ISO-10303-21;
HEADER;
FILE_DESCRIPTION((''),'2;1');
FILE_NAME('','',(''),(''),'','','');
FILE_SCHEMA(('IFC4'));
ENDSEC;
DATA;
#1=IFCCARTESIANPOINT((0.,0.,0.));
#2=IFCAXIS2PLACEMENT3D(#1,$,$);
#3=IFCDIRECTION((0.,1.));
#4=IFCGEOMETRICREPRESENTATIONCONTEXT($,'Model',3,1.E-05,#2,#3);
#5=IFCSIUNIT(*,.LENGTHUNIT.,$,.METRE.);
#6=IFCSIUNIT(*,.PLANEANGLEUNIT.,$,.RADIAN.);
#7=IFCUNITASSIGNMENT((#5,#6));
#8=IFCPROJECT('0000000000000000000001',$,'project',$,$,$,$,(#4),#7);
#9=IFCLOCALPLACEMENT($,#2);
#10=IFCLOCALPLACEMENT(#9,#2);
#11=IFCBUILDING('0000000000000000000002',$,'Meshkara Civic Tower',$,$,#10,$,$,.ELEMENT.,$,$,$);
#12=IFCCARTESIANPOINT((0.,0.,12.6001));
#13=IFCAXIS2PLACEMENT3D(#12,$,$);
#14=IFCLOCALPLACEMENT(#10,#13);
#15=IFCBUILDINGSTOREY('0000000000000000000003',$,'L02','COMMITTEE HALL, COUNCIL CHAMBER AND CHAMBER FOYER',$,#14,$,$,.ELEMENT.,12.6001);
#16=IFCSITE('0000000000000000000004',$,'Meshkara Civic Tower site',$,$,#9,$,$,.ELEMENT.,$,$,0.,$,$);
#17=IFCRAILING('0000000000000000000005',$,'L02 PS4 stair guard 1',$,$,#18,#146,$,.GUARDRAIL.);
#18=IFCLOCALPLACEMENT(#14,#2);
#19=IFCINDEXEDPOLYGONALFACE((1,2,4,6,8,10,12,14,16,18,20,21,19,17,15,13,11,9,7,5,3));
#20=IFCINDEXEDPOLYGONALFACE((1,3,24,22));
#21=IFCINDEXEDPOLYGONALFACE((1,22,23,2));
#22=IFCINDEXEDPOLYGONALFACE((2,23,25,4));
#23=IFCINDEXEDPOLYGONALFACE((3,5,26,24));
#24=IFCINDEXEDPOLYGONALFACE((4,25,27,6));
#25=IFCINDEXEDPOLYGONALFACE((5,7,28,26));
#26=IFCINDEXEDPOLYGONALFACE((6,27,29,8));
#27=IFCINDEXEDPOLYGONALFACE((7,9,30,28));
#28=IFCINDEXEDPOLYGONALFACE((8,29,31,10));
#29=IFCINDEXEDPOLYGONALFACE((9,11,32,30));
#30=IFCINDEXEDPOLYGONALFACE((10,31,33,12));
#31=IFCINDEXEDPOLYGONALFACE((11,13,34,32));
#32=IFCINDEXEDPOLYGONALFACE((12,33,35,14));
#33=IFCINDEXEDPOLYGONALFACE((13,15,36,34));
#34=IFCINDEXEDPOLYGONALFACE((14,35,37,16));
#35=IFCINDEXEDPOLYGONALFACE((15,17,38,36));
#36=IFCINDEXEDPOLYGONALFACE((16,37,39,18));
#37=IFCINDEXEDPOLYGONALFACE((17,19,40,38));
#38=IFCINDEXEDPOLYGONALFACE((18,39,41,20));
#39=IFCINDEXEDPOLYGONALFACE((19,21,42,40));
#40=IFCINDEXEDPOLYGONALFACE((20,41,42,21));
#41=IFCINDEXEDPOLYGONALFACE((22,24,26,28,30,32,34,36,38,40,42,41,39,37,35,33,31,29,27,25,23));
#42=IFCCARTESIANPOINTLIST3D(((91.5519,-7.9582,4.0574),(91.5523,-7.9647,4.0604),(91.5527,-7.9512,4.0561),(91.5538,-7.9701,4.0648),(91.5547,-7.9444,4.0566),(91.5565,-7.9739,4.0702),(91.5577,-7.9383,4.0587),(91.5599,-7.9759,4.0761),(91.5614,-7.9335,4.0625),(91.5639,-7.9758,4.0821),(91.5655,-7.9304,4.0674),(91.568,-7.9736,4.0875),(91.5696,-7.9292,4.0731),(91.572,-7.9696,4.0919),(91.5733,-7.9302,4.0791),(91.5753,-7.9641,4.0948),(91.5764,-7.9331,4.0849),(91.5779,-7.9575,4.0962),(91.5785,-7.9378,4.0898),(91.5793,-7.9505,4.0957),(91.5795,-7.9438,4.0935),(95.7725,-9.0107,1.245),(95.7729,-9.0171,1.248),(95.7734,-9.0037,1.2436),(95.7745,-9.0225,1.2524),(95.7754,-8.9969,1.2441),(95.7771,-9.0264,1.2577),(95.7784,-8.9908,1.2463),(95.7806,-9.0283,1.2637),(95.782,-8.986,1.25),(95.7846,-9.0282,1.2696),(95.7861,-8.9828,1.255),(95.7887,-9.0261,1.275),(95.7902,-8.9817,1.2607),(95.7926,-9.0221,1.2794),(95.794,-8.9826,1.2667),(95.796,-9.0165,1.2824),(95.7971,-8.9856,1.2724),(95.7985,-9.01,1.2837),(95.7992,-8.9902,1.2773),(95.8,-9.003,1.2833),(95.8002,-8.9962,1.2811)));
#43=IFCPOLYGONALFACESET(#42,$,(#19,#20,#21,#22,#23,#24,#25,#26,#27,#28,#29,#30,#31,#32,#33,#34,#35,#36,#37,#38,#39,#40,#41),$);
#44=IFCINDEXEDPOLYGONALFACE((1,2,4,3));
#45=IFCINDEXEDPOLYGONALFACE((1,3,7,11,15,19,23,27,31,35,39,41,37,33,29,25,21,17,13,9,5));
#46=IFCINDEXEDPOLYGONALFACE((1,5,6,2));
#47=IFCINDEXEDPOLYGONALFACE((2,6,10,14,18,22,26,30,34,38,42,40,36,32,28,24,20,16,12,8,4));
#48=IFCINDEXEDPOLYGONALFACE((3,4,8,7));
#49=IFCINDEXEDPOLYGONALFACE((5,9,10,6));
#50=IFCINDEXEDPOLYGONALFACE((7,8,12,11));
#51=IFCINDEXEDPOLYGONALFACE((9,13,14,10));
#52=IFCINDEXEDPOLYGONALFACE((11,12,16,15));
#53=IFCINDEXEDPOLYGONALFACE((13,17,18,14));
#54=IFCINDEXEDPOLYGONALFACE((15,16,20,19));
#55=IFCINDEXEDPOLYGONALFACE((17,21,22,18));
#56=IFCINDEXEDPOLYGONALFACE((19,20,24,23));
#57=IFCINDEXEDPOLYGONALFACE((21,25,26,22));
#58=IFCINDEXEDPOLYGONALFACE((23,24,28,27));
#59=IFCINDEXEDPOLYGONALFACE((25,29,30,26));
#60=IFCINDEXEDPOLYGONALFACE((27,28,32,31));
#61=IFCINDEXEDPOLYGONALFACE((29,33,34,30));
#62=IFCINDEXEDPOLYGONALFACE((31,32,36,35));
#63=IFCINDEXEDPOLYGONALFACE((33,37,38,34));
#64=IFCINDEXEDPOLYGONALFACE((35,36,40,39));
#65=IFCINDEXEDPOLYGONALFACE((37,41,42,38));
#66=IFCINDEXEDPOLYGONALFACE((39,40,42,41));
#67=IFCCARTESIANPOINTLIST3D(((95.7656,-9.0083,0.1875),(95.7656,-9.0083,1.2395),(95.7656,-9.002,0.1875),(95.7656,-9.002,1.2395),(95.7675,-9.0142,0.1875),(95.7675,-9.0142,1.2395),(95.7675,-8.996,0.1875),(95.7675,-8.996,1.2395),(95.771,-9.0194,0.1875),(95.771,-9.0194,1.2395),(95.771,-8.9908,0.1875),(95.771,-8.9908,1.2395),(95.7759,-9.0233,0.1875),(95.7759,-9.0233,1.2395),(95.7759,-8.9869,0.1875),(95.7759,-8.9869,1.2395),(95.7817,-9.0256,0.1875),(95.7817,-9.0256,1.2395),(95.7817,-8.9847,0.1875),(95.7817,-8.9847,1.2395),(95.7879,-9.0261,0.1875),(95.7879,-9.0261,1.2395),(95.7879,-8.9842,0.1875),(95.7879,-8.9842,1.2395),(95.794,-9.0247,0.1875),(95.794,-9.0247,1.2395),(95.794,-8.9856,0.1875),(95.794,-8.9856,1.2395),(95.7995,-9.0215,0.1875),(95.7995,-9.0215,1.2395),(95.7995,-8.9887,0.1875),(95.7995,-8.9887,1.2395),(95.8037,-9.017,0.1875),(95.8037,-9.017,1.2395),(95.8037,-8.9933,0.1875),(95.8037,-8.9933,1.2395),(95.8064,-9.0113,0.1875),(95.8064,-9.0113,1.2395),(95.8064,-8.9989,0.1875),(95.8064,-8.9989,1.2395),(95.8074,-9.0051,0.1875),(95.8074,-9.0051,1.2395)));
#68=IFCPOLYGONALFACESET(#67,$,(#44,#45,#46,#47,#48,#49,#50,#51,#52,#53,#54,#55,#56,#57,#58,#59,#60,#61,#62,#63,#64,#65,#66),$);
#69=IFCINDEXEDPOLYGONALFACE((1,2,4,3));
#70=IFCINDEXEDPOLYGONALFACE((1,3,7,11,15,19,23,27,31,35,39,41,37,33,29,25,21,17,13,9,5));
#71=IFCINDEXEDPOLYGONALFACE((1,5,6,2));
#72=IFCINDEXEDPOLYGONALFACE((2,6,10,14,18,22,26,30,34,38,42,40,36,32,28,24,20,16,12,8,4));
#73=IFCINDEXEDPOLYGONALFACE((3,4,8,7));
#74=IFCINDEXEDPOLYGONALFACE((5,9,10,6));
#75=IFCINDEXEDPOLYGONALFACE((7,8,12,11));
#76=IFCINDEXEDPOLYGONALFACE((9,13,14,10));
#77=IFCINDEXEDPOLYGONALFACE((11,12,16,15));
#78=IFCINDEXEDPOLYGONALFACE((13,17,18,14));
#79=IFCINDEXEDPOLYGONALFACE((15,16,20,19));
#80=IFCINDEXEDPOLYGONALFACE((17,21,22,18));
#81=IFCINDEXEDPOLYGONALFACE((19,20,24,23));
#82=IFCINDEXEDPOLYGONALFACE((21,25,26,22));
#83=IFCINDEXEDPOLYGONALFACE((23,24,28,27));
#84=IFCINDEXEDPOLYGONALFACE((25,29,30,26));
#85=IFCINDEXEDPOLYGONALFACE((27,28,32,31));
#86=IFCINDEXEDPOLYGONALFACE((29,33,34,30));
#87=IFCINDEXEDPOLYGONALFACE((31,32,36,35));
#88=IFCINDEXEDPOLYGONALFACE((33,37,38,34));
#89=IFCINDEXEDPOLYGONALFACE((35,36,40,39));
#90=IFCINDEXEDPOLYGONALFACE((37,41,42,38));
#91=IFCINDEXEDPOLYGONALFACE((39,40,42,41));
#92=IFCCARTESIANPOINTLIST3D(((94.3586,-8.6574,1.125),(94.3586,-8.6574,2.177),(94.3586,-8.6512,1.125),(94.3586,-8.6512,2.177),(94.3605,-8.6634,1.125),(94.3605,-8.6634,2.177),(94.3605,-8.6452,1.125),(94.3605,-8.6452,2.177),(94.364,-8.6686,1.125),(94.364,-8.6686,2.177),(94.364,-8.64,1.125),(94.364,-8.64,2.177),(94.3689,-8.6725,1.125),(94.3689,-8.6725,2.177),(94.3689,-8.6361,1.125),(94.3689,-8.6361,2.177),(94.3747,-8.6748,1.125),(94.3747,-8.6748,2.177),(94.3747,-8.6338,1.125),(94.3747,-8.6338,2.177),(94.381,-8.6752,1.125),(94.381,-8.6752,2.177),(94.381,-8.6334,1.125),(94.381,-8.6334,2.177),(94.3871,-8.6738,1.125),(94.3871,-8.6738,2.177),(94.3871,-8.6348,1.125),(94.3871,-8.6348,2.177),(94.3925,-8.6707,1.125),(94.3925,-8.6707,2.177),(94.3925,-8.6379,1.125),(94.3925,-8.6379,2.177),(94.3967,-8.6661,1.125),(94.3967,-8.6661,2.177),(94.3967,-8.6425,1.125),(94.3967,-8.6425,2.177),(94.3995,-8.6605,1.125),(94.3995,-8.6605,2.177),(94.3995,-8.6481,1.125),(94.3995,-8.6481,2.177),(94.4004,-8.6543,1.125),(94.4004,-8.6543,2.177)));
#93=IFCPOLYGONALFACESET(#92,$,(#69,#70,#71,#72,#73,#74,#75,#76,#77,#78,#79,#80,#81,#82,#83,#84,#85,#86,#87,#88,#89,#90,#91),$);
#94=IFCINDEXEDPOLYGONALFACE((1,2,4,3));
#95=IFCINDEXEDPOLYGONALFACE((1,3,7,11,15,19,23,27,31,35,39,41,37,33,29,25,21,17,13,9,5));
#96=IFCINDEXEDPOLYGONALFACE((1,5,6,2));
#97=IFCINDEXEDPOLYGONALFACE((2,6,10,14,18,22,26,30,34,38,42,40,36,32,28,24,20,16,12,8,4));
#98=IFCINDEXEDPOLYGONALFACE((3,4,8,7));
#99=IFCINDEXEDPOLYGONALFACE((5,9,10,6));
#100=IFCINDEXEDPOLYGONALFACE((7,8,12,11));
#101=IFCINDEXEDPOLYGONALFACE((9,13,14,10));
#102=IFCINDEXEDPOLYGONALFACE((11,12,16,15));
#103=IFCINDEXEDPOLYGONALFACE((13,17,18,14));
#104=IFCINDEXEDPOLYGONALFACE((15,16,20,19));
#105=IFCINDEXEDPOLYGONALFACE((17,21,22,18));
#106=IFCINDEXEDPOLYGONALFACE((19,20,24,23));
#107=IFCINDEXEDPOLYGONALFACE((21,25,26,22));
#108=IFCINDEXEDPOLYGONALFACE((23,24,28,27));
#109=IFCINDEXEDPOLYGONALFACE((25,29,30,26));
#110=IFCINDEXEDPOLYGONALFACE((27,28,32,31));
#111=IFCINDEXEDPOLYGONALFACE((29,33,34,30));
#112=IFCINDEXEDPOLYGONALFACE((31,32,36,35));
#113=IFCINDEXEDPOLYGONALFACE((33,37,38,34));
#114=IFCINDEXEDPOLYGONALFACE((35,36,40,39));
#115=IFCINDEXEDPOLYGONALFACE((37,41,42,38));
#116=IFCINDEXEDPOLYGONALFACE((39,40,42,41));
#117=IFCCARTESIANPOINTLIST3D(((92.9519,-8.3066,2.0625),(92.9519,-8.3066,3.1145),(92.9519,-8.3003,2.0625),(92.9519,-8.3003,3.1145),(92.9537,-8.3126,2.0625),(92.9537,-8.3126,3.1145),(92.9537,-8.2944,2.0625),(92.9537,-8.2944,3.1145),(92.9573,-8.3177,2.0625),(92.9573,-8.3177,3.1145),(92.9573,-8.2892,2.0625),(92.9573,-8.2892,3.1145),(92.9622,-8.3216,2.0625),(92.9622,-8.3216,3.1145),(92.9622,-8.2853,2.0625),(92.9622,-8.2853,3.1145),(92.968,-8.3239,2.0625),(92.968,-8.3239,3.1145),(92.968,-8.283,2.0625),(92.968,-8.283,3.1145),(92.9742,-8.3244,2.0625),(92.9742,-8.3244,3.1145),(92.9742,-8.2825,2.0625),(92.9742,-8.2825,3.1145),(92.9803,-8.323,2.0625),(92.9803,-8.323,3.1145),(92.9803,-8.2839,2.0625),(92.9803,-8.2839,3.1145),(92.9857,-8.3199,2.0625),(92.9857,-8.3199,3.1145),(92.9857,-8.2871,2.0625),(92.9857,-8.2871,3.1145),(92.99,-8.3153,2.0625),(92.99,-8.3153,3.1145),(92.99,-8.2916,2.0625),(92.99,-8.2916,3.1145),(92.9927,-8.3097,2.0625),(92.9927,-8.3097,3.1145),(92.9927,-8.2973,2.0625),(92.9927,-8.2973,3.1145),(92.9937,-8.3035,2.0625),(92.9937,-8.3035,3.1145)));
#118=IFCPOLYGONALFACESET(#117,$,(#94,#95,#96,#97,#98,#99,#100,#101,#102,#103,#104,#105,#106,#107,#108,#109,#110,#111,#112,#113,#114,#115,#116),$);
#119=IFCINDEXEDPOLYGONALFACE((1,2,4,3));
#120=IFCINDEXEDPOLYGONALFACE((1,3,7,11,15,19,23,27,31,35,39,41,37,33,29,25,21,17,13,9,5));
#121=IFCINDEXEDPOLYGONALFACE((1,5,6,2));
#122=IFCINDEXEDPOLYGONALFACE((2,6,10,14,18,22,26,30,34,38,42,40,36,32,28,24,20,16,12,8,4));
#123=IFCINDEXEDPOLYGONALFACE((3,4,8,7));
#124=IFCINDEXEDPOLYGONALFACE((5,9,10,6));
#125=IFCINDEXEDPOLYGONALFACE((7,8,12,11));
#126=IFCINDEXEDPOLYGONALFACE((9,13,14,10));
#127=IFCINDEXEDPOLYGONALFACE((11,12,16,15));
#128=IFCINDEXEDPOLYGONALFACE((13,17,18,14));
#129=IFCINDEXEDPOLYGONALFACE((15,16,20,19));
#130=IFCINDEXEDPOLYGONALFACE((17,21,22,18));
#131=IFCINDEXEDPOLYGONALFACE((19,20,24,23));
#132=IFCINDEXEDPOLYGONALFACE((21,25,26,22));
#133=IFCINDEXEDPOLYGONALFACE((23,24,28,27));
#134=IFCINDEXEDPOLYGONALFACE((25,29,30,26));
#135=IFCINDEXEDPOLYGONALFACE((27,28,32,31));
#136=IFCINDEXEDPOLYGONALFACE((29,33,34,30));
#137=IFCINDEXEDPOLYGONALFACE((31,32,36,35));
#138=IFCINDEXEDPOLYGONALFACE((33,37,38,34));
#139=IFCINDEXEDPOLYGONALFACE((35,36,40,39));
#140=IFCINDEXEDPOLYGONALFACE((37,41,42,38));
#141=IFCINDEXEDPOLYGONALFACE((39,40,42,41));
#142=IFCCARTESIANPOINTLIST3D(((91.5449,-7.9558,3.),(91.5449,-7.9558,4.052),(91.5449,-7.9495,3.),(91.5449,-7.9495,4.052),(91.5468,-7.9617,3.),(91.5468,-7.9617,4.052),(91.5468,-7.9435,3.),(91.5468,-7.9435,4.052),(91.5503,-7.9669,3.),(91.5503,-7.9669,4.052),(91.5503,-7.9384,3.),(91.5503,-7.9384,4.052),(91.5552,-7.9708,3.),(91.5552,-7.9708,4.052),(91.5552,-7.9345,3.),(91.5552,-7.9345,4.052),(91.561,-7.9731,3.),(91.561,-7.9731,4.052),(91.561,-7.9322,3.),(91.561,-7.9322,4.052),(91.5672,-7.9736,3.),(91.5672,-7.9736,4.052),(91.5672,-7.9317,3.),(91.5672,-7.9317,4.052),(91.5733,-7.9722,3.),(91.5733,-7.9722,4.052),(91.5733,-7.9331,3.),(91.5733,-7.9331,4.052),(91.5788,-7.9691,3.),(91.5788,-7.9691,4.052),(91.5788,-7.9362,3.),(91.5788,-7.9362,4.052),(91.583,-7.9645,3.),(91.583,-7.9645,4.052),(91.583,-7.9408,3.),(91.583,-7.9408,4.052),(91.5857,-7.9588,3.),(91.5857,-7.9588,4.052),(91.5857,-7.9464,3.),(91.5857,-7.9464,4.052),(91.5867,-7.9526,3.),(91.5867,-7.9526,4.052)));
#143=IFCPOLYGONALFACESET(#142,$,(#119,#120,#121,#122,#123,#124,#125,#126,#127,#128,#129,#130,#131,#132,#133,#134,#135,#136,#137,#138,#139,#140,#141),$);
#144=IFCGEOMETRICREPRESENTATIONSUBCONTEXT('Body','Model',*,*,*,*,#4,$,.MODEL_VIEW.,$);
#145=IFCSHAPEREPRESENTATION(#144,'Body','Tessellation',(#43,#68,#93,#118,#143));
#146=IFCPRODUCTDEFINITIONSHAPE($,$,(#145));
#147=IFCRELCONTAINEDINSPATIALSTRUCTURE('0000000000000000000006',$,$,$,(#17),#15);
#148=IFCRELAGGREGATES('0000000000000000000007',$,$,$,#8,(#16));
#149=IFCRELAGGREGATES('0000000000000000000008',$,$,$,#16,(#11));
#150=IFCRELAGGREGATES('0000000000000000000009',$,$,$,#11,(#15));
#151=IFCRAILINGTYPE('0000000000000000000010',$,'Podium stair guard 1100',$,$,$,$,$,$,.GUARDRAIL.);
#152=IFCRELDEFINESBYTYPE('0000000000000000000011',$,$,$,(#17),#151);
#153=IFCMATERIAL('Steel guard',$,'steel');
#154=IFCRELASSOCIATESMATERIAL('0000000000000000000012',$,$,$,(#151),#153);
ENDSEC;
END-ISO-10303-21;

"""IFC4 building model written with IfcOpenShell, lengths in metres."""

from ifc_helpers import new_model, si_unit, direction, frame, origin, origin_2d, place, context, subcontext, project, spatial, circle, extrude, material, type_object, element, save


model = new_model("IFC4")

# Units and contexts
model_context = context("Model", 3, precision=1e-05, world=origin(), true_north=direction((0.0, 1.0)))
body_context = subcontext(model_context, "Body", "Model", "MODEL_VIEW")
ifc_project = project(units=[si_unit("LENGTHUNIT", "METRE"), si_unit("PLANEANGLEUNIT", "RADIAN")], contexts=[model_context])

# Site, building, storey
site_placement = place(None, origin())
site = spatial("IfcSite", under=ifc_project, at=site_placement, Name="Meshkara Civic Tower site", CompositionType="ELEMENT", RefElevation=0.0)
building_placement = place(site_placement, origin())
building = spatial("IfcBuilding", under=site, at=building_placement, Name="Meshkara Civic Tower", CompositionType="ELEMENT")
storey_placement = place(building_placement, frame((0.0, 0.0, 12.6001)))
storey = spatial("IfcBuildingStorey", under=building, at=storey_placement, Name="L02", Description="COMMITTEE HALL, COUNCIL CHAMBER AND CHAMBER FOYER", CompositionType="ELEMENT", Elevation=12.6001)

# Railing
ifc_material_1 = material(Name="Steel guard", Category="steel")
railing_type_1 = type_object("IfcRailingType", Name="Podium stair guard 1100", PredefinedType="GUARDRAIL", material=ifc_material_1)
railing_1_placement = place(storey_placement, frame((95.7864, -9.0051, 0.1875)))
element("IfcRailing", 1, at=railing_1_placement, inside=storey, type_object=railing_type_1, Name="L02 PS4 stair guard 1", PredefinedType="GUARDRAIL", context=body_context, shape_type="SweptSolid", body=[
    extrude(circle(Radius=0.0239, at=origin_2d()), frame((0.0, 0.0, 1.0762), z_axis=(-0.81481, 0.203184, 0.542955), x_axis=(-0.241955, -0.970288, 0.0)), (0.0, 0.0, 1.0), 5.1799),
    extrude(circle(Radius=0.021, at=origin_2d()), origin(), (0.0, 0.0, 1.0), 1.052),
    extrude(circle(Radius=0.021, at=origin_2d()), frame((-1.407, 0.3508, 0.9375)), (0.0, 0.0, 1.0), 1.052),
    extrude(circle(Radius=0.021, at=origin_2d()), frame((-2.8137, 0.7017, 1.875)), (0.0, 0.0, 1.0), 1.052),
    extrude(circle(Radius=0.021, at=origin_2d()), frame((-4.2207, 1.0525, 2.8125)), (0.0, 0.0, 1.0), 1.052),
])

save(model, "model.ifc")
